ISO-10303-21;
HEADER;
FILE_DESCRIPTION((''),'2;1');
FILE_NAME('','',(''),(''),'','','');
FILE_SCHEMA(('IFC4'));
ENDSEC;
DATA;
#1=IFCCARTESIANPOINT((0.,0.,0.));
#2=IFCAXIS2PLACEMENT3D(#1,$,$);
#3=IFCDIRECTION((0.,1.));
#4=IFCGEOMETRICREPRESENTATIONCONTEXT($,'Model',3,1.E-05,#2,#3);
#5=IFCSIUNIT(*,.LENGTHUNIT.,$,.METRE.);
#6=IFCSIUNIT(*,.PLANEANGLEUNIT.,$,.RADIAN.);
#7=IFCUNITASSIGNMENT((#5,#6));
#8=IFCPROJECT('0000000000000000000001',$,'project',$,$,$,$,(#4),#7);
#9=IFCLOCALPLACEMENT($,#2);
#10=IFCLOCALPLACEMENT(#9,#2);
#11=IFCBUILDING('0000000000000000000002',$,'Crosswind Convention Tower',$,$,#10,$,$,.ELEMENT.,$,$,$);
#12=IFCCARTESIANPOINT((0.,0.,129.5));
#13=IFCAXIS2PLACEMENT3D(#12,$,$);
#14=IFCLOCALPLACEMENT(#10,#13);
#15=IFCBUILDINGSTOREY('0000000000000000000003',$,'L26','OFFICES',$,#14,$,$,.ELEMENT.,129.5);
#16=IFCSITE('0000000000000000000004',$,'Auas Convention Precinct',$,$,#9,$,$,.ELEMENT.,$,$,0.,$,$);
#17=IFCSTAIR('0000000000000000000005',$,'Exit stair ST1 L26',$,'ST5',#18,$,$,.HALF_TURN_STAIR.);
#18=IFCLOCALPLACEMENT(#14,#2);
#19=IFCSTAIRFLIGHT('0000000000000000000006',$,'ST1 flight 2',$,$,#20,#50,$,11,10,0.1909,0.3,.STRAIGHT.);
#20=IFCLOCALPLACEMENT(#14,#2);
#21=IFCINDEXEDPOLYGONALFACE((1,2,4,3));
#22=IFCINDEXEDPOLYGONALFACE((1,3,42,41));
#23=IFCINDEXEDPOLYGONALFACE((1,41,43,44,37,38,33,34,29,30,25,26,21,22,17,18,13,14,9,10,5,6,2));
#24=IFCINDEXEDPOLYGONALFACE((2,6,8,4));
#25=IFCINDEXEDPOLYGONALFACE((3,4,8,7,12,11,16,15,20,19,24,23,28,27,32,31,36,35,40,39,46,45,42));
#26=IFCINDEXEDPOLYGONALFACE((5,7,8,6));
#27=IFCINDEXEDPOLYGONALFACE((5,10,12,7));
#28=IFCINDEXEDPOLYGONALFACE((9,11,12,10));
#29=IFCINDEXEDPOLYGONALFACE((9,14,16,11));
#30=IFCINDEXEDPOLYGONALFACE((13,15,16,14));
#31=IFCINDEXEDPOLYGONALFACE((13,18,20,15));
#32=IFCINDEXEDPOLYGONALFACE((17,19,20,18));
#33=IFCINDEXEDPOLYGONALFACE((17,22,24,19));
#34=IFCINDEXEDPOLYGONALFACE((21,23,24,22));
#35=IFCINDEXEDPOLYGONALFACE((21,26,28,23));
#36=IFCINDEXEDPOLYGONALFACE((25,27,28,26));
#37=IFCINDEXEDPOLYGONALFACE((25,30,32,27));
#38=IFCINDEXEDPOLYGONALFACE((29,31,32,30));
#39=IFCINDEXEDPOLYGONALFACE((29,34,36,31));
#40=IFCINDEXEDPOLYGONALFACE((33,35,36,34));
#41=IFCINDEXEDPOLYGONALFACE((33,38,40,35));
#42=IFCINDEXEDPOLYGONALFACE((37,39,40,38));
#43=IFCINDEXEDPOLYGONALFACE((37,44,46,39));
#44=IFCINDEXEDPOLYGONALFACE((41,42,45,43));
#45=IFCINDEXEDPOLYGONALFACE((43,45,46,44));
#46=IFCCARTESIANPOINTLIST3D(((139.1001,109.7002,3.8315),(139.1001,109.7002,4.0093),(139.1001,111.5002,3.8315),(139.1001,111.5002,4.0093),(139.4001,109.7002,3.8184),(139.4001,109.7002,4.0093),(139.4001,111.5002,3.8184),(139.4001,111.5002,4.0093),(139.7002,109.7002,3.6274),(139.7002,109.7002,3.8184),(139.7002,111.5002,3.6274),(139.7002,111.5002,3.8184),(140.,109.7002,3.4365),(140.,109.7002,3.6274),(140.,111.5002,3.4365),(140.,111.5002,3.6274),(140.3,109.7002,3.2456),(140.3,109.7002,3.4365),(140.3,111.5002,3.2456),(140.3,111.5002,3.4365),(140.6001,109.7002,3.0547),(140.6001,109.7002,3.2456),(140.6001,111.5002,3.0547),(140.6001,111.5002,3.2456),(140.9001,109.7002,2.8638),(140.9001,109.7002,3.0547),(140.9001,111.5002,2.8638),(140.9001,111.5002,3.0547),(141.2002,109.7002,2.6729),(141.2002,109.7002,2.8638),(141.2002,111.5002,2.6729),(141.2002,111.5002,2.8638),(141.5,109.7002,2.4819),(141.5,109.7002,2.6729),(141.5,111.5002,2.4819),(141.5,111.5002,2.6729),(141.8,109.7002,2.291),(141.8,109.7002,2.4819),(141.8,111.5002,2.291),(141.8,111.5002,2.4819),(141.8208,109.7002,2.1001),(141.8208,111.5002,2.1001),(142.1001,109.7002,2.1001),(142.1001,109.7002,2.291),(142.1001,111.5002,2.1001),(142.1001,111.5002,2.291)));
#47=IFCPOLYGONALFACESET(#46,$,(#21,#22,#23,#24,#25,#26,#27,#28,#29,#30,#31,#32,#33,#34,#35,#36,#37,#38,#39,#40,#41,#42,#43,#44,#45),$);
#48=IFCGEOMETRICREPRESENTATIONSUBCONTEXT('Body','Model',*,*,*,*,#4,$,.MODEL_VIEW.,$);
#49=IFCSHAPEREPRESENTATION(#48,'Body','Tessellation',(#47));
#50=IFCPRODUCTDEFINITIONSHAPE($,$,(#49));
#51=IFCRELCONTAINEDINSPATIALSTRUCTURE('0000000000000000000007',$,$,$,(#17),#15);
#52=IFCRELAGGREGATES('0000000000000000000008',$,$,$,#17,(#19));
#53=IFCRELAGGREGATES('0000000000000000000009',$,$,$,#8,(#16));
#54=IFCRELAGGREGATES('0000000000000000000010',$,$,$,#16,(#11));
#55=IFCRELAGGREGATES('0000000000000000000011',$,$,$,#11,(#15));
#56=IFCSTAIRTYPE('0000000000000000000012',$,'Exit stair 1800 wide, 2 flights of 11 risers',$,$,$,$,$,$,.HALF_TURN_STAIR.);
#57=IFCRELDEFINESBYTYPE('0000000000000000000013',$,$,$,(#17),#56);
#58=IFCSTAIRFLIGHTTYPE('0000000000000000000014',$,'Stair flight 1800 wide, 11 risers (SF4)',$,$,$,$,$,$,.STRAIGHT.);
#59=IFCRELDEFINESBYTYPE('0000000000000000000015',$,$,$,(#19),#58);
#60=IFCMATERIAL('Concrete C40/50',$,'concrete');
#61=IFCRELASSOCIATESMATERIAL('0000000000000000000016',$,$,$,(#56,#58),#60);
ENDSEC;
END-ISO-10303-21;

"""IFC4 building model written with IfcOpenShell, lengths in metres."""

from ifc_helpers import new_model, si_unit, direction, frame, origin, place, context, subcontext, project, spatial, polyline, outline, extrude, material, type_object, element, aggregate, save


model = new_model("IFC4")

# Units and contexts
model_context = context("Model", 3, precision=1e-05, world=origin(), true_north=direction((0.0, 1.0)))
body_context = subcontext(model_context, "Body", "Model", "MODEL_VIEW")
ifc_project = project(units=[si_unit("LENGTHUNIT", "METRE"), si_unit("PLANEANGLEUNIT", "RADIAN")], contexts=[model_context])

# Site, building, storey
site_placement = place(None, origin())
site = spatial("IfcSite", under=ifc_project, at=site_placement, Name="Auas Convention Precinct", CompositionType="ELEMENT", RefElevation=0.0)
building_placement = place(site_placement, origin())
building = spatial("IfcBuilding", under=site, at=building_placement, Name="Crosswind Convention Tower", CompositionType="ELEMENT")
storey_placement = place(building_placement, frame((0.0, 0.0, 129.5)))
storey = spatial("IfcBuildingStorey", under=building, at=storey_placement, Name="L26", Description="OFFICES", CompositionType="ELEMENT", Elevation=129.5)

# Stair, stair flight
ifc_material_1 = material(Name="Concrete C40/50", Category="concrete")
stair_type = type_object("IfcStairType", Name="Exit stair 1800 wide, 2 flights of 11 risers", PredefinedType="HALF_TURN_STAIR", material=ifc_material_1)
stair_placement = place(storey_placement, origin())
stair = element("IfcStair", 1, at=stair_placement, inside=storey, type_object=stair_type, Name="Exit stair ST1 L26", ObjectType="ST5", PredefinedType="HALF_TURN_STAIR")
stair_flight_type = type_object("IfcStairFlightType", Name="Stair flight 1800 wide, 11 risers (SF4)", PredefinedType="STRAIGHT", material=ifc_material_1)
stair_flight_1_placement = place(storey_placement, frame((142.1001, 110.6001, 2.1001), z_axis=(0.0, 0.0, 1.0), x_axis=(-1.0, 0.0, 0.0)))
stair_flight_1 = element("IfcStairFlight", 2, at=stair_flight_1_placement, type_object=stair_flight_type, Name="ST1 flight 2", NumberOfRisers=11, NumberOfTreads=10, PredefinedType="STRAIGHT", RiserHeight=0.1909, TreadLength=0.3, context=body_context, shape_type="SweptSolid", body=[
    extrude(outline(polyline([(0.0, 0.0), (0.0, 0.1909), (0.3, 0.1909), (0.3, 0.3818), (0.6001, 0.3818), (0.6001, 0.5728), (0.8999, 0.5728), (0.8999, 0.7637), (1.2, 0.7637), (1.2, 0.9546), (1.5, 0.9546), (1.5, 1.1455), (1.8, 1.1455), (1.8, 1.3364), (2.1001, 1.3364), (2.1001, 1.5273), (2.3999, 1.5273), (2.3999, 1.7183), (2.7, 1.7183), (2.7, 1.9092), (3.0, 1.9092), (3.0, 2.1001), (3.0, 1.7314), (0.2793, 0.0), (0.0, 0.0)])), frame((0.0, 0.8999, 0.0), z_axis=(0.0, -1.0, 0.0), x_axis=(1.0, 0.0, 0.0)), (0.0, 0.0, 1.0), 1.8),
])
aggregate(stair, [stair_flight_1])

save(model, "model.ifc")
